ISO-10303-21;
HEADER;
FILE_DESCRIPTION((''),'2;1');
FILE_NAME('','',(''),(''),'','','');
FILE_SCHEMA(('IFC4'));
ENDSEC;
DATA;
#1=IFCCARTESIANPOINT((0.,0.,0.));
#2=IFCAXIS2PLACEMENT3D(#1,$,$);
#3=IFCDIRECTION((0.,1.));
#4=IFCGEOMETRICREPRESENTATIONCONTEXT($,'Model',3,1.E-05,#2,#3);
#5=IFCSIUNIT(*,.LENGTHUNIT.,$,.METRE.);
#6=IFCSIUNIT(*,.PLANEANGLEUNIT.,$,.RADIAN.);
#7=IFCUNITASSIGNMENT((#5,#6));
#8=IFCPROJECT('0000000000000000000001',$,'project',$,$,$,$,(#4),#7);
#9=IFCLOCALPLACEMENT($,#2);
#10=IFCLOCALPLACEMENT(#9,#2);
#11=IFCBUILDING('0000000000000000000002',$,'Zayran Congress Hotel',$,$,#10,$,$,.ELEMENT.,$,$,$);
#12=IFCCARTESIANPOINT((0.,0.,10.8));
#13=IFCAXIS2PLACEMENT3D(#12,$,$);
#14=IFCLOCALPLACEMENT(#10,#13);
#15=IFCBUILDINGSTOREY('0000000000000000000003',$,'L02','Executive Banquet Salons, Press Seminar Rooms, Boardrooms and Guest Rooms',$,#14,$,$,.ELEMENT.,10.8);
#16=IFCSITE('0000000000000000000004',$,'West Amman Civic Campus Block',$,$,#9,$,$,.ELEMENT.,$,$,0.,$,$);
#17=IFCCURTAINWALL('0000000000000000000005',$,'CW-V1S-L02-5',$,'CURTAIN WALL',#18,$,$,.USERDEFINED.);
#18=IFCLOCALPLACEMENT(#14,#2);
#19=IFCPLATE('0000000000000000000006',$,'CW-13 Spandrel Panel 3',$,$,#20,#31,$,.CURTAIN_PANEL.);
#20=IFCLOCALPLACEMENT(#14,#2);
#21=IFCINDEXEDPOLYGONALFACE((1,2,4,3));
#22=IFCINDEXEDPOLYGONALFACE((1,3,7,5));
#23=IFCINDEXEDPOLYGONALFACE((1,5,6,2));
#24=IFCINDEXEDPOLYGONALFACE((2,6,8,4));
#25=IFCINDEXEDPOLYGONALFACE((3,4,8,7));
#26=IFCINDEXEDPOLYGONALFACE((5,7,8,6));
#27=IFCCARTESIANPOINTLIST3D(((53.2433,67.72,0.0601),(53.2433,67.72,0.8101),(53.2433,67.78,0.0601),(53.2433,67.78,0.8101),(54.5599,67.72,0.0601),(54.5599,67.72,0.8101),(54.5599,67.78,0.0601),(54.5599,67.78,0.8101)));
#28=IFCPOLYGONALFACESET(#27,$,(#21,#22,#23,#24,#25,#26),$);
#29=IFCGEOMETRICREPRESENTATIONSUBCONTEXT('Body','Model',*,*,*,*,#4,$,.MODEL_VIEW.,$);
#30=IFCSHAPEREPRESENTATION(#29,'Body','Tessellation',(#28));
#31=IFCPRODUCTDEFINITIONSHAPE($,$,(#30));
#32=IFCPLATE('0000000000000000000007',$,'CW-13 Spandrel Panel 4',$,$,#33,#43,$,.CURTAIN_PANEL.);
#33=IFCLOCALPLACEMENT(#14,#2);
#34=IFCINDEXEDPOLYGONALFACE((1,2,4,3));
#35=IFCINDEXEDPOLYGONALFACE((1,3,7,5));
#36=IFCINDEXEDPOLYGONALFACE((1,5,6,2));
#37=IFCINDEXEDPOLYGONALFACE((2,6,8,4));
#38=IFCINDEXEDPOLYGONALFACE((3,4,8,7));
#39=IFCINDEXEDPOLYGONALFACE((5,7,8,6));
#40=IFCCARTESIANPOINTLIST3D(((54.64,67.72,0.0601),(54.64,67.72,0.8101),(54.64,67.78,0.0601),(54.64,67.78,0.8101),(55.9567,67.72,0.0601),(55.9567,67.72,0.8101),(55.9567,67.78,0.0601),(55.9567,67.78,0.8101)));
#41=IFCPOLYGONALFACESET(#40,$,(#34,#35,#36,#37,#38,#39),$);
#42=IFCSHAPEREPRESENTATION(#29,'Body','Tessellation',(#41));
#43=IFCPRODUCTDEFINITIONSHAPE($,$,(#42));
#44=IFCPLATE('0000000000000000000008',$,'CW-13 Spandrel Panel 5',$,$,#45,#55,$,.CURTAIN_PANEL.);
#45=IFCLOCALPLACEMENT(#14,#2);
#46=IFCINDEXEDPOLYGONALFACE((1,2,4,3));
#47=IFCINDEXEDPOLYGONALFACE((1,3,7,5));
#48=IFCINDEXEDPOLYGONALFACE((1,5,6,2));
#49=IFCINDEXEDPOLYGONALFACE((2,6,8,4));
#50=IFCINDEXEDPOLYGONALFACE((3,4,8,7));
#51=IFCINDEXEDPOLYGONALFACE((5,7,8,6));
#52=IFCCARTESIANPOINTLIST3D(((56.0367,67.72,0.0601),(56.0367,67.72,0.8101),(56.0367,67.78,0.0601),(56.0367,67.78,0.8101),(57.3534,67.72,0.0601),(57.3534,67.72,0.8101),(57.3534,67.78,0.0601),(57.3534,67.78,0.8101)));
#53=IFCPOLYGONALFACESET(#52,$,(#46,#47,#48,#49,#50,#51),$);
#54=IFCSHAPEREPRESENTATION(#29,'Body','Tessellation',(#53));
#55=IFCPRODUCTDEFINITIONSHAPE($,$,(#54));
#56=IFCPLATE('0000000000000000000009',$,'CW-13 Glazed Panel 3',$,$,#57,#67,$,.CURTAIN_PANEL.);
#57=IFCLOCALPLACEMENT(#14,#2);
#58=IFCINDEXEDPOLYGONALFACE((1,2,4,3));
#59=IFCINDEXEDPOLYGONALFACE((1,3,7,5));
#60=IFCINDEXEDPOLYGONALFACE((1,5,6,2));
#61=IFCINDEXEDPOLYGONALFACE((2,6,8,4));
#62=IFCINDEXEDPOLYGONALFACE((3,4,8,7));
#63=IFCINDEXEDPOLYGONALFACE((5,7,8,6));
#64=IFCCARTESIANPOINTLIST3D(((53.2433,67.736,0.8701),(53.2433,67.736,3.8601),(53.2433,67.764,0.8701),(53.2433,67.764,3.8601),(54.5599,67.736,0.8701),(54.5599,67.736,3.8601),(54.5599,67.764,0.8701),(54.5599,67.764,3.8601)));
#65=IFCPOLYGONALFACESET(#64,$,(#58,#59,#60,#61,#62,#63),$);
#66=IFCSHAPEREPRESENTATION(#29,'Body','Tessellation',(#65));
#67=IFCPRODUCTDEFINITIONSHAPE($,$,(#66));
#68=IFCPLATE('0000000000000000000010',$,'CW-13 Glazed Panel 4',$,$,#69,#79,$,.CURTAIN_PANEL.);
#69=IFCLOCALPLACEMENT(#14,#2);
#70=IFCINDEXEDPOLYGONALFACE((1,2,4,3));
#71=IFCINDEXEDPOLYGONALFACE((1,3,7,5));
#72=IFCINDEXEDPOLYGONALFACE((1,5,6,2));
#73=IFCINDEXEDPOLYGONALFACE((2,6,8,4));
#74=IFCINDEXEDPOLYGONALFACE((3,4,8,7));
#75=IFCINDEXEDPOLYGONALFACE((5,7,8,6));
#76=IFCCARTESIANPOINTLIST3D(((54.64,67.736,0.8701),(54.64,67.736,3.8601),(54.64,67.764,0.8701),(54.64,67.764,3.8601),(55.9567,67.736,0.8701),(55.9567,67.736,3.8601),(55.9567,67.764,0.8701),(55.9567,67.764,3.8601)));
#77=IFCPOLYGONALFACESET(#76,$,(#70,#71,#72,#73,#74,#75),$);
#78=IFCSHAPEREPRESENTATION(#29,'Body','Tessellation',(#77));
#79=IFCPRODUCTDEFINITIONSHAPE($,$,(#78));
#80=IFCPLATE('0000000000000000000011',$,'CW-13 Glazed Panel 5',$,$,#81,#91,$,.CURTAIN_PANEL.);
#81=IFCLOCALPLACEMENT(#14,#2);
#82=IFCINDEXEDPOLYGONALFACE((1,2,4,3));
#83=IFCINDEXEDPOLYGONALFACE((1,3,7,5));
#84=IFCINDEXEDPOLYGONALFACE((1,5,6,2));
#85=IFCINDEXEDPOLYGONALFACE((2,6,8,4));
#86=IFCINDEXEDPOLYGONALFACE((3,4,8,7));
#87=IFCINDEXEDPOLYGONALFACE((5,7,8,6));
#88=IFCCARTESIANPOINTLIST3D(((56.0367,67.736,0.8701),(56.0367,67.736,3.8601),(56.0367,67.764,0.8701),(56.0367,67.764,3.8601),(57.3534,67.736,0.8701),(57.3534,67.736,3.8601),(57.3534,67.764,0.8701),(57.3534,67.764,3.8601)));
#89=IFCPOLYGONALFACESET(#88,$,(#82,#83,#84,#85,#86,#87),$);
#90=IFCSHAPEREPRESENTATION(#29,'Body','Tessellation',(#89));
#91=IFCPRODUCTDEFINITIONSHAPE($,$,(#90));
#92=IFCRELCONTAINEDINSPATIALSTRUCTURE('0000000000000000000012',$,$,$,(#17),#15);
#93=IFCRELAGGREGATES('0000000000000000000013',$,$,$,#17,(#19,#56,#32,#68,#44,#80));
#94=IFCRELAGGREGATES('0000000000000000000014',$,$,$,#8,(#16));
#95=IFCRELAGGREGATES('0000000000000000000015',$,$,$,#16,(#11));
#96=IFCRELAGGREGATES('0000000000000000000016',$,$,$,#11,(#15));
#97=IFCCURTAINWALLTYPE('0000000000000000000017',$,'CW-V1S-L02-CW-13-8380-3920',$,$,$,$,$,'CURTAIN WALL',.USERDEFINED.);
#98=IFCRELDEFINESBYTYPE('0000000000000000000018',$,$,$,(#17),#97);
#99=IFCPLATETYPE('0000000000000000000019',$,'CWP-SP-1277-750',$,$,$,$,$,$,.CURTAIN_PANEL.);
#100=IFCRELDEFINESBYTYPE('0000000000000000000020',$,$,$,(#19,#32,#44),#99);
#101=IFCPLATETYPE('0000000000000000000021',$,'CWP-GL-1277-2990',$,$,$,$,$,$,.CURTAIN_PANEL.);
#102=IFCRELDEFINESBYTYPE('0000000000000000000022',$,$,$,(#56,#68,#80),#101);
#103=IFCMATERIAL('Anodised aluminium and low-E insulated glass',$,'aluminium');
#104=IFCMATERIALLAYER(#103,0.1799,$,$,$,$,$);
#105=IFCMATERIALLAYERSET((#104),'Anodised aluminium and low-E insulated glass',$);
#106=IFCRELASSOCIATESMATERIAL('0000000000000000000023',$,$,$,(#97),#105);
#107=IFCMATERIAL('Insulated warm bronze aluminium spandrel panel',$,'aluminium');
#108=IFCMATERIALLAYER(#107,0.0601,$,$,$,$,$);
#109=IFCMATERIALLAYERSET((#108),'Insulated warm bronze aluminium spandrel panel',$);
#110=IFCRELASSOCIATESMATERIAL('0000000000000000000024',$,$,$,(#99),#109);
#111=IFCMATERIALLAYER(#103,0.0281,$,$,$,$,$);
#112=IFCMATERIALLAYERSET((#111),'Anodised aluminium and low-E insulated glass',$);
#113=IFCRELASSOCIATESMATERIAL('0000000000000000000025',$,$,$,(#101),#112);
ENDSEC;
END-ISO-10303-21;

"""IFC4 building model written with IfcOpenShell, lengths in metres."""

from ifc_helpers import new_model, si_unit, direction, frame, origin, origin_2d, place, context, subcontext, project, spatial, rectangle, extrude, material, layer, layer_set, type_object, element, aggregate, save


model = new_model("IFC4")

# Units and contexts
model_context = context("Model", 3, precision=1e-05, world=origin(), true_north=direction((0.0, 1.0)))
body_context = subcontext(model_context, "Body", "Model", "MODEL_VIEW")
ifc_project = project(units=[si_unit("LENGTHUNIT", "METRE"), si_unit("PLANEANGLEUNIT", "RADIAN")], contexts=[model_context])

# Site, building, storey
site_placement = place(None, origin())
site = spatial("IfcSite", under=ifc_project, at=site_placement, Name="West Amman Civic Campus Block", CompositionType="ELEMENT", RefElevation=0.0)
building_placement = place(site_placement, origin())
building = spatial("IfcBuilding", under=site, at=building_placement, Name="Zayran Congress Hotel", CompositionType="ELEMENT")
storey_placement = place(building_placement, frame((0.0, 0.0, 10.8)))
storey = spatial("IfcBuildingStorey", under=building, at=storey_placement, Name="L02", Description="Executive Banquet Salons, Press Seminar Rooms, Boardrooms and Guest Rooms", CompositionType="ELEMENT", Elevation=10.8)

# Curtain wall, plates
ifc_material_1 = material(Name="Anodised aluminium and low-E insulated glass", Category="aluminium")
ifc_layer_1 = layer(ifc_material_1, 0.1799)
ifc_layer_set_1 = layer_set([ifc_layer_1], Name="Anodised aluminium and low-E insulated glass")
curtain_wall_type = type_object("IfcCurtainWallType", Name="CW-V1S-L02-CW-13-8380-3920", ElementType="CURTAIN WALL", PredefinedType="USERDEFINED", material=ifc_layer_set_1)
curtain_wall_placement = place(storey_placement, origin())
curtain_wall = element("IfcCurtainWall", 1, at=curtain_wall_placement, inside=storey, type_object=curtain_wall_type, Name="CW-V1S-L02-5", ObjectType="CURTAIN WALL", PredefinedType="USERDEFINED")
ifc_material_2 = material(Name="Insulated warm bronze aluminium spandrel panel", Category="aluminium")
ifc_layer_2 = layer(ifc_material_2, 0.0601)
ifc_layer_set_2 = layer_set([ifc_layer_2], Name="Insulated warm bronze aluminium spandrel panel")
plate_type_1 = type_object("IfcPlateType", Name="CWP-SP-1277-750", PredefinedType="CURTAIN_PANEL", material=ifc_layer_set_2)
plate_1_placement = place(storey_placement, frame((53.9016, 67.75, 0.0601), z_axis=(0.0, 0.0, 1.0), x_axis=(1.0, 0.0, 0.0)))
plate_1 = element("IfcPlate", 2, at=plate_1_placement, type_object=plate_type_1, Name="CW-13 Spandrel Panel 3", PredefinedType="CURTAIN_PANEL", context=body_context, shape_type="SweptSolid", body=[
    extrude(rectangle(XDim=1.3167, YDim=0.0601, at=origin_2d()), origin(), (0.0, 0.0, 1.0), 0.75),
])
plate_2_placement = place(storey_placement, frame((55.2983, 67.75, 0.0601), z_axis=(0.0, 0.0, 1.0), x_axis=(1.0, 0.0, 0.0)))
plate_2 = element("IfcPlate", 3, at=plate_2_placement, type_object=plate_type_1, Name="CW-13 Spandrel Panel 4", PredefinedType="CURTAIN_PANEL", context=body_context, shape_type="SweptSolid", body=[
    extrude(rectangle(XDim=1.3167, YDim=0.0601, at=origin_2d()), origin(), (0.0, 0.0, 1.0), 0.75),
])
plate_3_placement = place(storey_placement, frame((56.6951, 67.75, 0.0601), z_axis=(0.0, 0.0, 1.0), x_axis=(1.0, 0.0, 0.0)))
plate_3 = element("IfcPlate", 4, at=plate_3_placement, type_object=plate_type_1, Name="CW-13 Spandrel Panel 5", PredefinedType="CURTAIN_PANEL", context=body_context, shape_type="SweptSolid", body=[
    extrude(rectangle(XDim=1.3167, YDim=0.0601, at=origin_2d()), origin(), (0.0, 0.0, 1.0), 0.75),
])
ifc_layer_3 = layer(ifc_material_1, 0.0281)
ifc_layer_set_3 = layer_set([ifc_layer_3], Name="Anodised aluminium and low-E insulated glass")
plate_type_2 = type_object("IfcPlateType", Name="CWP-GL-1277-2990", PredefinedType="CURTAIN_PANEL", material=ifc_layer_set_3)
plate_4_placement = place(storey_placement, frame((53.9016, 67.75, 0.8701), z_axis=(0.0, 0.0, 1.0), x_axis=(1.0, 0.0, 0.0)))
plate_4 = element("IfcPlate", 5, at=plate_4_placement, type_object=plate_type_2, Name="CW-13 Glazed Panel 3", PredefinedType="CURTAIN_PANEL", context=body_context, shape_type="SweptSolid", body=[
    extrude(rectangle(XDim=1.3167, YDim=0.0281, at=origin_2d()), origin(), (0.0, 0.0, 1.0), 2.99),
])
plate_5_placement = place(storey_placement, frame((55.2983, 67.75, 0.8701), z_axis=(0.0, 0.0, 1.0), x_axis=(1.0, 0.0, 0.0)))
plate_5 = element("IfcPlate", 6, at=plate_5_placement, type_object=plate_type_2, Name="CW-13 Glazed Panel 4", PredefinedType="CURTAIN_PANEL", context=body_context, shape_type="SweptSolid", body=[
    extrude(rectangle(XDim=1.3167, YDim=0.0281, at=origin_2d()), origin(), (0.0, 0.0, 1.0), 2.99),
])
plate_6_placement = place(storey_placement, frame((56.6951, 67.75, 0.8701), z_axis=(0.0, 0.0, 1.0), x_axis=(1.0, 0.0, 0.0)))
plate_6 = element("IfcPlate", 7, at=plate_6_placement, type_object=plate_type_2, Name="CW-13 Glazed Panel 5", PredefinedType="CURTAIN_PANEL", context=body_context, shape_type="SweptSolid", body=[
    extrude(rectangle(XDim=1.3167, YDim=0.0281, at=origin_2d()), origin(), (0.0, 0.0, 1.0), 2.99),
])
aggregate(curtain_wall, [plate_1, plate_4, plate_2, plate_5, plate_3, plate_6])

save(model, "model.ifc")
